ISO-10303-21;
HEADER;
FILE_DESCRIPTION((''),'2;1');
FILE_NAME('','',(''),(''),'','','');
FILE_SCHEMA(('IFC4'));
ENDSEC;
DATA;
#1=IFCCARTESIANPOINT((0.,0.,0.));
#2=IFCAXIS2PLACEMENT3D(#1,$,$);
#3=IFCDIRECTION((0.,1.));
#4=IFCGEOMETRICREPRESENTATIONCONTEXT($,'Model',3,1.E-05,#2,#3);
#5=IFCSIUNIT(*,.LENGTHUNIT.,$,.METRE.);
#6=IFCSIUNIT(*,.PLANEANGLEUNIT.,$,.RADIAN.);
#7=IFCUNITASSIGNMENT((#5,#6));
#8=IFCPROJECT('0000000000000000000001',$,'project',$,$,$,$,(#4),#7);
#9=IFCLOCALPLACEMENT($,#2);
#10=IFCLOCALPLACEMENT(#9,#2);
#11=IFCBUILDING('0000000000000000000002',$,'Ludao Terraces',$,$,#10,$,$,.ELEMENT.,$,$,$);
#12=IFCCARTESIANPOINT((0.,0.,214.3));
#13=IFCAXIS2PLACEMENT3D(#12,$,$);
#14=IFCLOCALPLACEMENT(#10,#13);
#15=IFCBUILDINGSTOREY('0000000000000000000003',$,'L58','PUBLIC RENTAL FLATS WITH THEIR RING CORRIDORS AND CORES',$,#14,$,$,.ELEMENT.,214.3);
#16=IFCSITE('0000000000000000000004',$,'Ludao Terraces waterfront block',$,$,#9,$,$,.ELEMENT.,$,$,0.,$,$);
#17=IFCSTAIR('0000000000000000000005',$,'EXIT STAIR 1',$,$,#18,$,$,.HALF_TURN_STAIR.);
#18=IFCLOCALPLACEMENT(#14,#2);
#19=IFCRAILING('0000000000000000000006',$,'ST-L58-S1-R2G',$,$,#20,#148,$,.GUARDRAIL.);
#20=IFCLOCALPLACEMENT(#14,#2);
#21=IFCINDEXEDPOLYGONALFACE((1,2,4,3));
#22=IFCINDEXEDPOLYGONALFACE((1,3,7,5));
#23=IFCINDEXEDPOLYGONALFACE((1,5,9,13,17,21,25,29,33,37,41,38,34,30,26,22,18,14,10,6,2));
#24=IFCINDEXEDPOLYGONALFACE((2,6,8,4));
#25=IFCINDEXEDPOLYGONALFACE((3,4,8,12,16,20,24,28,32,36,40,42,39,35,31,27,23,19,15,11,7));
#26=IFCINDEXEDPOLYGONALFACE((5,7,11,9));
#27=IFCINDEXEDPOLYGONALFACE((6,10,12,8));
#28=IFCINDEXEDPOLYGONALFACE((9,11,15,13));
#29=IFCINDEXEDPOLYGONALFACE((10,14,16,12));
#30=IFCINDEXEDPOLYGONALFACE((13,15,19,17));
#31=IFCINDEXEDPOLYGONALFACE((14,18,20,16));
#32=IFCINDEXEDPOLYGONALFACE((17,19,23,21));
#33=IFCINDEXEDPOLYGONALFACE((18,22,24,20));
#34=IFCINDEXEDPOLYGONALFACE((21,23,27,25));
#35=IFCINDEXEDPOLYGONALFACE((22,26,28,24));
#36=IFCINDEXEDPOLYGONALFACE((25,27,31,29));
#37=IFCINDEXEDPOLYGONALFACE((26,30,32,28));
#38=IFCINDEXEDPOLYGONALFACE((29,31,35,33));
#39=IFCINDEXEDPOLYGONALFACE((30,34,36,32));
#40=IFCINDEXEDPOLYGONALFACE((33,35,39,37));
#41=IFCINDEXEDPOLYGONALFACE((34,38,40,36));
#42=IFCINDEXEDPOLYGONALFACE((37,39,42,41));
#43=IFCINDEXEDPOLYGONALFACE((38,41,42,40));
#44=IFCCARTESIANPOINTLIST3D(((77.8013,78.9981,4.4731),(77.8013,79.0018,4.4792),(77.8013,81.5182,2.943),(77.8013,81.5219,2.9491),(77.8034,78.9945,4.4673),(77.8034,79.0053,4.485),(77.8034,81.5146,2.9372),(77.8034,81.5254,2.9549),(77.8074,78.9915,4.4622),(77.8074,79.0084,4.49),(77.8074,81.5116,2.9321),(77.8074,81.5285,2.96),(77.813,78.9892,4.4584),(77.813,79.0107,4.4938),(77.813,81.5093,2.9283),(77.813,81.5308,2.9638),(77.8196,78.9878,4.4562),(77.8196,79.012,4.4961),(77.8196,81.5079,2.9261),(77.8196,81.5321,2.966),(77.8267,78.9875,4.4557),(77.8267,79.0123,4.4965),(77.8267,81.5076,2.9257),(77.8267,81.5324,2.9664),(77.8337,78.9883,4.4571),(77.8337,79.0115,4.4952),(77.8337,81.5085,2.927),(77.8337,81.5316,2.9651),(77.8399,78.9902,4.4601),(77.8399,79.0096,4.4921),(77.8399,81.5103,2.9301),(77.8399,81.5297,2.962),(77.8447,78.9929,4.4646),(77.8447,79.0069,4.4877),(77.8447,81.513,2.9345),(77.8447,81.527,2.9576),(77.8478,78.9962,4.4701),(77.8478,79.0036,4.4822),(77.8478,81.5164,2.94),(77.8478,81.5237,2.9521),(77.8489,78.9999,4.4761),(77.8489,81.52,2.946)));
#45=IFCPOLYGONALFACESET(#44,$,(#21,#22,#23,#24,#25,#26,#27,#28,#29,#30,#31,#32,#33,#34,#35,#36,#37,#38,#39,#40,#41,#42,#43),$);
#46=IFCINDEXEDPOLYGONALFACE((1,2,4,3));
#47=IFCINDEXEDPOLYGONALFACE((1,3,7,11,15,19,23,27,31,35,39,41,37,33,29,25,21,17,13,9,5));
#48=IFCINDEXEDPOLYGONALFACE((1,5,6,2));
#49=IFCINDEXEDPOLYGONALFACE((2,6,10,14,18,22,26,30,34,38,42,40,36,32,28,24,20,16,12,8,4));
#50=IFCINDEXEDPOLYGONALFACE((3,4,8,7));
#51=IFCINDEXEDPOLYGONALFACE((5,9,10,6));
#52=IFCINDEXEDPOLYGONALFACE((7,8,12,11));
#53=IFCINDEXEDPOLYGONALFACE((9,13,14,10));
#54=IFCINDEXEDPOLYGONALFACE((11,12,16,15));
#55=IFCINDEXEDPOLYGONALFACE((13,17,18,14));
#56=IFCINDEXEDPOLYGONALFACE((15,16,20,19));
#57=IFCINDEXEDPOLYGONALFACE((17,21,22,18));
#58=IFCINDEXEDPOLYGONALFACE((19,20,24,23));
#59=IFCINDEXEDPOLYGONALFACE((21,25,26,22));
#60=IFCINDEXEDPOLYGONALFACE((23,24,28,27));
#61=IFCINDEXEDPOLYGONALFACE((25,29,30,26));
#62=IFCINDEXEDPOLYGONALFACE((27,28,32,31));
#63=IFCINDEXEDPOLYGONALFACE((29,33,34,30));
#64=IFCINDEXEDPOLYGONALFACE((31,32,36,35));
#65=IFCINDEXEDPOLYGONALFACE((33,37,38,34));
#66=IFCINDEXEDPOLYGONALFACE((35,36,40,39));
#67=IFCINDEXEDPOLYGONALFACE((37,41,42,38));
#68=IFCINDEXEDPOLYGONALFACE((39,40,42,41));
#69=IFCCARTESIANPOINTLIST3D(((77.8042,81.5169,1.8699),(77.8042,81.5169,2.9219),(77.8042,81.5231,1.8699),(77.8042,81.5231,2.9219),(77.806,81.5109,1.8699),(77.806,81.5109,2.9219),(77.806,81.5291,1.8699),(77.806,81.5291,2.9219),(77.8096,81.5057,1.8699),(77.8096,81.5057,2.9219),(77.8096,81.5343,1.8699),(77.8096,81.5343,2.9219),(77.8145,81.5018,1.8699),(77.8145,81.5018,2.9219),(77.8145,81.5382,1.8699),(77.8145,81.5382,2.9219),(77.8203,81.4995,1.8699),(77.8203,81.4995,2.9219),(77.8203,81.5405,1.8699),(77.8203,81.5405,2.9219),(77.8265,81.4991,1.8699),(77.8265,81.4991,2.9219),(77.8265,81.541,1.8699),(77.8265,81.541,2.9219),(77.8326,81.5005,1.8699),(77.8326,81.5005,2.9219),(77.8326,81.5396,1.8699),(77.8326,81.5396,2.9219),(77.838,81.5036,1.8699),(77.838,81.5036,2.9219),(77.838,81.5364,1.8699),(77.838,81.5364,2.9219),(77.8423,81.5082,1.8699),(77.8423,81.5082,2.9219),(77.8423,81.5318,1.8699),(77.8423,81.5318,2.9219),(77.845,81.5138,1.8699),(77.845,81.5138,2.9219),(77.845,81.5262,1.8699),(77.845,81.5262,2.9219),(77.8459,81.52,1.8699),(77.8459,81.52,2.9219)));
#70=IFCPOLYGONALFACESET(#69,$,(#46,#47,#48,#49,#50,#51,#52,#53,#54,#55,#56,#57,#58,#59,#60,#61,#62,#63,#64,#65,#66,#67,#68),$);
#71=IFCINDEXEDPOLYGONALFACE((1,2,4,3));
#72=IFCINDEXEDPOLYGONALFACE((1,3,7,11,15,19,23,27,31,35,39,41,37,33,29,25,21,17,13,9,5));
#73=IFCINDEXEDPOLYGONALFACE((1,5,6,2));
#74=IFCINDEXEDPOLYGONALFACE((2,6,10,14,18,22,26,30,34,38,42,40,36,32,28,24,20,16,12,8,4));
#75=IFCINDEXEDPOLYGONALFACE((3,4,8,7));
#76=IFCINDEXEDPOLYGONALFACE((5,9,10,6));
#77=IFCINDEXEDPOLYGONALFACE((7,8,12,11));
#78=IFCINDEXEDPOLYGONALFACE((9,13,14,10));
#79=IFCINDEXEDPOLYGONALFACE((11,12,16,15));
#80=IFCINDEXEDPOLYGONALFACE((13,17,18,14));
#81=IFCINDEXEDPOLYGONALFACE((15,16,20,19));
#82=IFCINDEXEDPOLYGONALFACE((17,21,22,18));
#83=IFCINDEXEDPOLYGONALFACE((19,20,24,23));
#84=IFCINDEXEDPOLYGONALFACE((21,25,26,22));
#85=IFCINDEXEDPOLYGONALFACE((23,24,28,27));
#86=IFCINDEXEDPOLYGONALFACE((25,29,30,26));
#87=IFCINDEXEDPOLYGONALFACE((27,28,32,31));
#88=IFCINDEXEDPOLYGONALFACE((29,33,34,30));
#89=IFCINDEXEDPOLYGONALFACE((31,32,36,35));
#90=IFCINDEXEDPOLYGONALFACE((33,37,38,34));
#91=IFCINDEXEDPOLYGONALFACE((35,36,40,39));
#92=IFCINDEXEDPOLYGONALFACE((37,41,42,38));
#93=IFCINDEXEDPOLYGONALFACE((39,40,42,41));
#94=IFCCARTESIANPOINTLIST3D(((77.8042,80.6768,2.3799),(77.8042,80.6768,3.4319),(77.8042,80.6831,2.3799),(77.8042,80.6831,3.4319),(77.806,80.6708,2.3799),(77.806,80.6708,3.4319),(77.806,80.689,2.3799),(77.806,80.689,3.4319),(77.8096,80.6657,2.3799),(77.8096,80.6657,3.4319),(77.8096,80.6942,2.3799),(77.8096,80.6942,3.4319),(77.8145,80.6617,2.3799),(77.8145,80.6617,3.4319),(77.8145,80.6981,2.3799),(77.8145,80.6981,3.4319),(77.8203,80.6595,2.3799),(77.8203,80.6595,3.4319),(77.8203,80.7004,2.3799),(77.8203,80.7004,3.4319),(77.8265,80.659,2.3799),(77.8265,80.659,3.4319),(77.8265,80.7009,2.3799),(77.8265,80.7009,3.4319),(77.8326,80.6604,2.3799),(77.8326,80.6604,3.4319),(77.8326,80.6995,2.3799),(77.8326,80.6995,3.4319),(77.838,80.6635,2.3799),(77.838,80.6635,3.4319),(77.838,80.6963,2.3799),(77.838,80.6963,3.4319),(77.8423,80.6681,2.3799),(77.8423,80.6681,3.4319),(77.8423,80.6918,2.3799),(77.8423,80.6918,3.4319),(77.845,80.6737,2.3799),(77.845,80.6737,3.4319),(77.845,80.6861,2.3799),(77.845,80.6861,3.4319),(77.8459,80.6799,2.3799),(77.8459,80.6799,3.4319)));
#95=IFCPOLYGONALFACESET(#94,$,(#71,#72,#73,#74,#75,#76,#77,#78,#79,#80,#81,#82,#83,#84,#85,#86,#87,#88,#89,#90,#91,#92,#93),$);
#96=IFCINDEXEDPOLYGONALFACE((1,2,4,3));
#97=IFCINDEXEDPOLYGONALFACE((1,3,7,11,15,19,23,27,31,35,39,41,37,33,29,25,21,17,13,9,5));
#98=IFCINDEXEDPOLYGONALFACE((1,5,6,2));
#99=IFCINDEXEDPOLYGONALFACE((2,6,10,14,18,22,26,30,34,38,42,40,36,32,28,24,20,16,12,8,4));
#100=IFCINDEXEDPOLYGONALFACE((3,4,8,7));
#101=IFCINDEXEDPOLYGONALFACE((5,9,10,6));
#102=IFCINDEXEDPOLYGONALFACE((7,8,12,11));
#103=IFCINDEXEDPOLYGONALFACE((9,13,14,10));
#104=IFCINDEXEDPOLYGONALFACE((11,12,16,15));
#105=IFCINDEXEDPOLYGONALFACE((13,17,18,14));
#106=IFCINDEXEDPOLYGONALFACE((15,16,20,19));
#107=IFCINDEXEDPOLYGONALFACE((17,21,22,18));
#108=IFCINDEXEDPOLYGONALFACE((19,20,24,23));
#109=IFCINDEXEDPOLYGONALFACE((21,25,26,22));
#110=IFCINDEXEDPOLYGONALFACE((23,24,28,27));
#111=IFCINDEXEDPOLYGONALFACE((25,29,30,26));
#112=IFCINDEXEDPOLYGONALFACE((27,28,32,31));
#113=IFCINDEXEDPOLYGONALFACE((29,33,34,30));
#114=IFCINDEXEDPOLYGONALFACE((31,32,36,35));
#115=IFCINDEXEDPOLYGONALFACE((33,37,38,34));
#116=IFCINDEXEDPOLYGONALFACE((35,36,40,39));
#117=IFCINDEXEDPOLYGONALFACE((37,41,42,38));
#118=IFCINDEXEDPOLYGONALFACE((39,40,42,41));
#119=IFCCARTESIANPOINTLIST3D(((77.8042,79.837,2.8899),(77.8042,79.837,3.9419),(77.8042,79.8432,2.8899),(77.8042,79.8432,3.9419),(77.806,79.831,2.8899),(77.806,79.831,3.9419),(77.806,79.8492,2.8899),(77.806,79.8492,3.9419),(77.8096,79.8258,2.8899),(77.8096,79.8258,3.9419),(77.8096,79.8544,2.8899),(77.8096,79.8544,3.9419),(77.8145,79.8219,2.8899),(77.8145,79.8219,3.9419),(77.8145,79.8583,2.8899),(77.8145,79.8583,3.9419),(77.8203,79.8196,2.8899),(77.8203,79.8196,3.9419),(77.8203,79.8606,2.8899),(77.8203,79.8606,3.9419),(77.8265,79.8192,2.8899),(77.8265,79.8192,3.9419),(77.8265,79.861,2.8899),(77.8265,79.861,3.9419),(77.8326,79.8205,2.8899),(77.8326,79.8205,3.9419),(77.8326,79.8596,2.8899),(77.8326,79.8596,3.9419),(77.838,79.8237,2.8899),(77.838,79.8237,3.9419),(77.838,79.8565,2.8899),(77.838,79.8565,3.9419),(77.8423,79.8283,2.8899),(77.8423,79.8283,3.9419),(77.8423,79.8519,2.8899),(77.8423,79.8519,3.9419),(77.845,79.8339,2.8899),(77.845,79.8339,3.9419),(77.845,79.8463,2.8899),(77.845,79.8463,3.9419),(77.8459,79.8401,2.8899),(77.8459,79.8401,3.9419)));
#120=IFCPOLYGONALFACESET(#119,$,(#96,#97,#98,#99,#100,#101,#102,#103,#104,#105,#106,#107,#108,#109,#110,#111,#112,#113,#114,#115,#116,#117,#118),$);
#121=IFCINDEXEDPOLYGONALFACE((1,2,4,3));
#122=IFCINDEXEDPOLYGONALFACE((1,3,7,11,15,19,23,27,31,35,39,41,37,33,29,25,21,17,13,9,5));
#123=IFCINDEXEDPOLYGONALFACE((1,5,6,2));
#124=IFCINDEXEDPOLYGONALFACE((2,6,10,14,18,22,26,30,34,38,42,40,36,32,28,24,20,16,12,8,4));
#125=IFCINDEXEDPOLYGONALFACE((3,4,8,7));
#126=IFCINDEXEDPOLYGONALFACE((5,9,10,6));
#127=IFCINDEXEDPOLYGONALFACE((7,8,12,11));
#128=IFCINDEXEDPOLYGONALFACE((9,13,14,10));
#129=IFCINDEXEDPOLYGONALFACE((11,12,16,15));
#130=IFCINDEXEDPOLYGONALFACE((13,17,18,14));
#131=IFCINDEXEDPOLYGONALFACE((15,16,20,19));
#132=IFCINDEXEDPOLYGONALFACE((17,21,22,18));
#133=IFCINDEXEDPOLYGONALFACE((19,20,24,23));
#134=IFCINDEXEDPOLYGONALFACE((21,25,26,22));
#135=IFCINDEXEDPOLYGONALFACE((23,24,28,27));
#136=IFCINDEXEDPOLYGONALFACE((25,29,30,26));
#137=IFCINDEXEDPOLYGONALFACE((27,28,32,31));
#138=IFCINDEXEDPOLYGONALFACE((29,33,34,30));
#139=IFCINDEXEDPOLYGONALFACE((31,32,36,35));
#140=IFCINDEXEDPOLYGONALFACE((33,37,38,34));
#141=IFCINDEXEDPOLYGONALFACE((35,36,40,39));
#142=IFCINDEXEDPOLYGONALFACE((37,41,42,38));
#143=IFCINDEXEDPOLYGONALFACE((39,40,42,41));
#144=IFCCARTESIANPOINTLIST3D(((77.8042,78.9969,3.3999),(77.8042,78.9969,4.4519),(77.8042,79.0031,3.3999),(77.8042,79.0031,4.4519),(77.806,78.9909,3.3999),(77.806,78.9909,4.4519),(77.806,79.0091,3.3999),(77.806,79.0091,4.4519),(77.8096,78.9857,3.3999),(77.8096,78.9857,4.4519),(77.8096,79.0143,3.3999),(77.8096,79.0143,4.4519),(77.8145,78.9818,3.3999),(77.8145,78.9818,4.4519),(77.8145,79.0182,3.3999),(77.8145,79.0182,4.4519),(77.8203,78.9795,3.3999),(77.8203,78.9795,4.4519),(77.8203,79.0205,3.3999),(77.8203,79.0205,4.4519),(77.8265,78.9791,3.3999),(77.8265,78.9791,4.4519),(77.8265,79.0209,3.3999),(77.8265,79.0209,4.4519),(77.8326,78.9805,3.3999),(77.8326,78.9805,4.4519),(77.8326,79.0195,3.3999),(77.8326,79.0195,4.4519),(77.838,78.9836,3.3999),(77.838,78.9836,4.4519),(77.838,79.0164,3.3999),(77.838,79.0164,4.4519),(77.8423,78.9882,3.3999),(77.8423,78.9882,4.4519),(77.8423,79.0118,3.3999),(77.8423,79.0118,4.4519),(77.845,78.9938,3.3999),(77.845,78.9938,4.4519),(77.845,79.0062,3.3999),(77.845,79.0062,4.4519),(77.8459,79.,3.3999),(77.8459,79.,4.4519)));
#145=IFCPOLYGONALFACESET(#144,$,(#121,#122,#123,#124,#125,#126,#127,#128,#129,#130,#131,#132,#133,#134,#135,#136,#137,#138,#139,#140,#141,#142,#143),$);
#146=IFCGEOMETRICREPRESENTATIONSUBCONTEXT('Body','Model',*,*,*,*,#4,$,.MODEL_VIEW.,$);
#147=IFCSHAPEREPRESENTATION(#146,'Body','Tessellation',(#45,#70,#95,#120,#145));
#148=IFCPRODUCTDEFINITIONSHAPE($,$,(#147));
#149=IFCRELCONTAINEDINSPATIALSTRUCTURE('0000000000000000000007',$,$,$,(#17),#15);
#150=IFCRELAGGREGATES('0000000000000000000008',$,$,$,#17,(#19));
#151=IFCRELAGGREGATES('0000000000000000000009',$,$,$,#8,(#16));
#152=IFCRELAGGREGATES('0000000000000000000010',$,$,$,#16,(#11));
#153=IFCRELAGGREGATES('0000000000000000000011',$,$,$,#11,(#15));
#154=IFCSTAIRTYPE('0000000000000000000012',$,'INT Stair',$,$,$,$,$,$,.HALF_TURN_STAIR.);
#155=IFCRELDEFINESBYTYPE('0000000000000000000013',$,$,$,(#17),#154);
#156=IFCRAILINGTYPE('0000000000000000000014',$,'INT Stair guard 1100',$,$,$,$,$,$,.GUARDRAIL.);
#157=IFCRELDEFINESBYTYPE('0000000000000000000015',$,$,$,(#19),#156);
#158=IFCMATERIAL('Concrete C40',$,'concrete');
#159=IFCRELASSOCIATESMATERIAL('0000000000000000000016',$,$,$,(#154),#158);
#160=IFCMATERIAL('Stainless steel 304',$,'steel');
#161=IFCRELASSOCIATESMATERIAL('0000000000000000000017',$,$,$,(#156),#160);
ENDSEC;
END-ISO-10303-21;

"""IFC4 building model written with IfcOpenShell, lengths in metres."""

from ifc_helpers import new_model, si_unit, direction, frame, origin, origin_2d, place, context, subcontext, project, spatial, circle, extrude, material, type_object, element, aggregate, save


model = new_model("IFC4")

# Units and contexts
model_context = context("Model", 3, precision=1e-05, world=origin(), true_north=direction((0.0, 1.0)))
body_context = subcontext(model_context, "Body", "Model", "MODEL_VIEW")
ifc_project = project(units=[si_unit("LENGTHUNIT", "METRE"), si_unit("PLANEANGLEUNIT", "RADIAN")], contexts=[model_context])

# Site, building, storey
site_placement = place(None, origin())
site = spatial("IfcSite", under=ifc_project, at=site_placement, Name="Ludao Terraces waterfront block", CompositionType="ELEMENT", RefElevation=0.0)
building_placement = place(site_placement, origin())
building = spatial("IfcBuilding", under=site, at=building_placement, Name="Ludao Terraces", CompositionType="ELEMENT")
storey_placement = place(building_placement, frame((0.0, 0.0, 214.3)))
storey = spatial("IfcBuildingStorey", under=building, at=storey_placement, Name="L58", Description="PUBLIC RENTAL FLATS WITH THEIR RING CORRIDORS AND CORES", CompositionType="ELEMENT", Elevation=214.3)

# Shared definitions
ifc_material_1 = material(Name="Concrete C40", Category="concrete")

# Stair, railing
stair_type = type_object("IfcStairType", Name="INT Stair", PredefinedType="HALF_TURN_STAIR", material=ifc_material_1)
stair_placement = place(storey_placement, origin())
stair = element("IfcStair", 1, at=stair_placement, inside=storey, type_object=stair_type, Name="EXIT STAIR 1", PredefinedType="HALF_TURN_STAIR")
ifc_material_2 = material(Name="Stainless steel 304", Category="steel")
railing_type_1 = type_object("IfcRailingType", Name="INT Stair guard 1100", PredefinedType="GUARDRAIL", material=ifc_material_2)
railing_1_placement = place(storey_placement, frame((77.825, 81.52, 1.8699)))
railing_1 = element("IfcRailing", 2, at=railing_1_placement, type_object=railing_type_1, Name="ST-L58-S1-R2G", PredefinedType="GUARDRAIL", context=body_context, shape_type="SweptSolid", body=[
    extrude(circle(Radius=0.0239, at=origin_2d()), frame((0.0, 0.0, 1.0762), z_axis=(0.0, -0.854785, 0.518982), x_axis=(1.0, 0.0, 0.0)), (0.0, 0.0, 1.0), 2.9482),
    extrude(circle(Radius=0.021, at=origin_2d()), origin(), (0.0, 0.0, 1.0), 1.052),
    extrude(circle(Radius=0.021, at=origin_2d()), frame((0.0, -0.8401, 0.51)), (0.0, 0.0, 1.0), 1.052),
    extrude(circle(Radius=0.021, at=origin_2d()), frame((0.0, -1.6799, 1.02)), (0.0, 0.0, 1.0), 1.052),
    extrude(circle(Radius=0.021, at=origin_2d()), frame((0.0, -2.52, 1.53)), (0.0, 0.0, 1.0), 1.052),
])
aggregate(stair, [railing_1])

save(model, "model.ifc")
